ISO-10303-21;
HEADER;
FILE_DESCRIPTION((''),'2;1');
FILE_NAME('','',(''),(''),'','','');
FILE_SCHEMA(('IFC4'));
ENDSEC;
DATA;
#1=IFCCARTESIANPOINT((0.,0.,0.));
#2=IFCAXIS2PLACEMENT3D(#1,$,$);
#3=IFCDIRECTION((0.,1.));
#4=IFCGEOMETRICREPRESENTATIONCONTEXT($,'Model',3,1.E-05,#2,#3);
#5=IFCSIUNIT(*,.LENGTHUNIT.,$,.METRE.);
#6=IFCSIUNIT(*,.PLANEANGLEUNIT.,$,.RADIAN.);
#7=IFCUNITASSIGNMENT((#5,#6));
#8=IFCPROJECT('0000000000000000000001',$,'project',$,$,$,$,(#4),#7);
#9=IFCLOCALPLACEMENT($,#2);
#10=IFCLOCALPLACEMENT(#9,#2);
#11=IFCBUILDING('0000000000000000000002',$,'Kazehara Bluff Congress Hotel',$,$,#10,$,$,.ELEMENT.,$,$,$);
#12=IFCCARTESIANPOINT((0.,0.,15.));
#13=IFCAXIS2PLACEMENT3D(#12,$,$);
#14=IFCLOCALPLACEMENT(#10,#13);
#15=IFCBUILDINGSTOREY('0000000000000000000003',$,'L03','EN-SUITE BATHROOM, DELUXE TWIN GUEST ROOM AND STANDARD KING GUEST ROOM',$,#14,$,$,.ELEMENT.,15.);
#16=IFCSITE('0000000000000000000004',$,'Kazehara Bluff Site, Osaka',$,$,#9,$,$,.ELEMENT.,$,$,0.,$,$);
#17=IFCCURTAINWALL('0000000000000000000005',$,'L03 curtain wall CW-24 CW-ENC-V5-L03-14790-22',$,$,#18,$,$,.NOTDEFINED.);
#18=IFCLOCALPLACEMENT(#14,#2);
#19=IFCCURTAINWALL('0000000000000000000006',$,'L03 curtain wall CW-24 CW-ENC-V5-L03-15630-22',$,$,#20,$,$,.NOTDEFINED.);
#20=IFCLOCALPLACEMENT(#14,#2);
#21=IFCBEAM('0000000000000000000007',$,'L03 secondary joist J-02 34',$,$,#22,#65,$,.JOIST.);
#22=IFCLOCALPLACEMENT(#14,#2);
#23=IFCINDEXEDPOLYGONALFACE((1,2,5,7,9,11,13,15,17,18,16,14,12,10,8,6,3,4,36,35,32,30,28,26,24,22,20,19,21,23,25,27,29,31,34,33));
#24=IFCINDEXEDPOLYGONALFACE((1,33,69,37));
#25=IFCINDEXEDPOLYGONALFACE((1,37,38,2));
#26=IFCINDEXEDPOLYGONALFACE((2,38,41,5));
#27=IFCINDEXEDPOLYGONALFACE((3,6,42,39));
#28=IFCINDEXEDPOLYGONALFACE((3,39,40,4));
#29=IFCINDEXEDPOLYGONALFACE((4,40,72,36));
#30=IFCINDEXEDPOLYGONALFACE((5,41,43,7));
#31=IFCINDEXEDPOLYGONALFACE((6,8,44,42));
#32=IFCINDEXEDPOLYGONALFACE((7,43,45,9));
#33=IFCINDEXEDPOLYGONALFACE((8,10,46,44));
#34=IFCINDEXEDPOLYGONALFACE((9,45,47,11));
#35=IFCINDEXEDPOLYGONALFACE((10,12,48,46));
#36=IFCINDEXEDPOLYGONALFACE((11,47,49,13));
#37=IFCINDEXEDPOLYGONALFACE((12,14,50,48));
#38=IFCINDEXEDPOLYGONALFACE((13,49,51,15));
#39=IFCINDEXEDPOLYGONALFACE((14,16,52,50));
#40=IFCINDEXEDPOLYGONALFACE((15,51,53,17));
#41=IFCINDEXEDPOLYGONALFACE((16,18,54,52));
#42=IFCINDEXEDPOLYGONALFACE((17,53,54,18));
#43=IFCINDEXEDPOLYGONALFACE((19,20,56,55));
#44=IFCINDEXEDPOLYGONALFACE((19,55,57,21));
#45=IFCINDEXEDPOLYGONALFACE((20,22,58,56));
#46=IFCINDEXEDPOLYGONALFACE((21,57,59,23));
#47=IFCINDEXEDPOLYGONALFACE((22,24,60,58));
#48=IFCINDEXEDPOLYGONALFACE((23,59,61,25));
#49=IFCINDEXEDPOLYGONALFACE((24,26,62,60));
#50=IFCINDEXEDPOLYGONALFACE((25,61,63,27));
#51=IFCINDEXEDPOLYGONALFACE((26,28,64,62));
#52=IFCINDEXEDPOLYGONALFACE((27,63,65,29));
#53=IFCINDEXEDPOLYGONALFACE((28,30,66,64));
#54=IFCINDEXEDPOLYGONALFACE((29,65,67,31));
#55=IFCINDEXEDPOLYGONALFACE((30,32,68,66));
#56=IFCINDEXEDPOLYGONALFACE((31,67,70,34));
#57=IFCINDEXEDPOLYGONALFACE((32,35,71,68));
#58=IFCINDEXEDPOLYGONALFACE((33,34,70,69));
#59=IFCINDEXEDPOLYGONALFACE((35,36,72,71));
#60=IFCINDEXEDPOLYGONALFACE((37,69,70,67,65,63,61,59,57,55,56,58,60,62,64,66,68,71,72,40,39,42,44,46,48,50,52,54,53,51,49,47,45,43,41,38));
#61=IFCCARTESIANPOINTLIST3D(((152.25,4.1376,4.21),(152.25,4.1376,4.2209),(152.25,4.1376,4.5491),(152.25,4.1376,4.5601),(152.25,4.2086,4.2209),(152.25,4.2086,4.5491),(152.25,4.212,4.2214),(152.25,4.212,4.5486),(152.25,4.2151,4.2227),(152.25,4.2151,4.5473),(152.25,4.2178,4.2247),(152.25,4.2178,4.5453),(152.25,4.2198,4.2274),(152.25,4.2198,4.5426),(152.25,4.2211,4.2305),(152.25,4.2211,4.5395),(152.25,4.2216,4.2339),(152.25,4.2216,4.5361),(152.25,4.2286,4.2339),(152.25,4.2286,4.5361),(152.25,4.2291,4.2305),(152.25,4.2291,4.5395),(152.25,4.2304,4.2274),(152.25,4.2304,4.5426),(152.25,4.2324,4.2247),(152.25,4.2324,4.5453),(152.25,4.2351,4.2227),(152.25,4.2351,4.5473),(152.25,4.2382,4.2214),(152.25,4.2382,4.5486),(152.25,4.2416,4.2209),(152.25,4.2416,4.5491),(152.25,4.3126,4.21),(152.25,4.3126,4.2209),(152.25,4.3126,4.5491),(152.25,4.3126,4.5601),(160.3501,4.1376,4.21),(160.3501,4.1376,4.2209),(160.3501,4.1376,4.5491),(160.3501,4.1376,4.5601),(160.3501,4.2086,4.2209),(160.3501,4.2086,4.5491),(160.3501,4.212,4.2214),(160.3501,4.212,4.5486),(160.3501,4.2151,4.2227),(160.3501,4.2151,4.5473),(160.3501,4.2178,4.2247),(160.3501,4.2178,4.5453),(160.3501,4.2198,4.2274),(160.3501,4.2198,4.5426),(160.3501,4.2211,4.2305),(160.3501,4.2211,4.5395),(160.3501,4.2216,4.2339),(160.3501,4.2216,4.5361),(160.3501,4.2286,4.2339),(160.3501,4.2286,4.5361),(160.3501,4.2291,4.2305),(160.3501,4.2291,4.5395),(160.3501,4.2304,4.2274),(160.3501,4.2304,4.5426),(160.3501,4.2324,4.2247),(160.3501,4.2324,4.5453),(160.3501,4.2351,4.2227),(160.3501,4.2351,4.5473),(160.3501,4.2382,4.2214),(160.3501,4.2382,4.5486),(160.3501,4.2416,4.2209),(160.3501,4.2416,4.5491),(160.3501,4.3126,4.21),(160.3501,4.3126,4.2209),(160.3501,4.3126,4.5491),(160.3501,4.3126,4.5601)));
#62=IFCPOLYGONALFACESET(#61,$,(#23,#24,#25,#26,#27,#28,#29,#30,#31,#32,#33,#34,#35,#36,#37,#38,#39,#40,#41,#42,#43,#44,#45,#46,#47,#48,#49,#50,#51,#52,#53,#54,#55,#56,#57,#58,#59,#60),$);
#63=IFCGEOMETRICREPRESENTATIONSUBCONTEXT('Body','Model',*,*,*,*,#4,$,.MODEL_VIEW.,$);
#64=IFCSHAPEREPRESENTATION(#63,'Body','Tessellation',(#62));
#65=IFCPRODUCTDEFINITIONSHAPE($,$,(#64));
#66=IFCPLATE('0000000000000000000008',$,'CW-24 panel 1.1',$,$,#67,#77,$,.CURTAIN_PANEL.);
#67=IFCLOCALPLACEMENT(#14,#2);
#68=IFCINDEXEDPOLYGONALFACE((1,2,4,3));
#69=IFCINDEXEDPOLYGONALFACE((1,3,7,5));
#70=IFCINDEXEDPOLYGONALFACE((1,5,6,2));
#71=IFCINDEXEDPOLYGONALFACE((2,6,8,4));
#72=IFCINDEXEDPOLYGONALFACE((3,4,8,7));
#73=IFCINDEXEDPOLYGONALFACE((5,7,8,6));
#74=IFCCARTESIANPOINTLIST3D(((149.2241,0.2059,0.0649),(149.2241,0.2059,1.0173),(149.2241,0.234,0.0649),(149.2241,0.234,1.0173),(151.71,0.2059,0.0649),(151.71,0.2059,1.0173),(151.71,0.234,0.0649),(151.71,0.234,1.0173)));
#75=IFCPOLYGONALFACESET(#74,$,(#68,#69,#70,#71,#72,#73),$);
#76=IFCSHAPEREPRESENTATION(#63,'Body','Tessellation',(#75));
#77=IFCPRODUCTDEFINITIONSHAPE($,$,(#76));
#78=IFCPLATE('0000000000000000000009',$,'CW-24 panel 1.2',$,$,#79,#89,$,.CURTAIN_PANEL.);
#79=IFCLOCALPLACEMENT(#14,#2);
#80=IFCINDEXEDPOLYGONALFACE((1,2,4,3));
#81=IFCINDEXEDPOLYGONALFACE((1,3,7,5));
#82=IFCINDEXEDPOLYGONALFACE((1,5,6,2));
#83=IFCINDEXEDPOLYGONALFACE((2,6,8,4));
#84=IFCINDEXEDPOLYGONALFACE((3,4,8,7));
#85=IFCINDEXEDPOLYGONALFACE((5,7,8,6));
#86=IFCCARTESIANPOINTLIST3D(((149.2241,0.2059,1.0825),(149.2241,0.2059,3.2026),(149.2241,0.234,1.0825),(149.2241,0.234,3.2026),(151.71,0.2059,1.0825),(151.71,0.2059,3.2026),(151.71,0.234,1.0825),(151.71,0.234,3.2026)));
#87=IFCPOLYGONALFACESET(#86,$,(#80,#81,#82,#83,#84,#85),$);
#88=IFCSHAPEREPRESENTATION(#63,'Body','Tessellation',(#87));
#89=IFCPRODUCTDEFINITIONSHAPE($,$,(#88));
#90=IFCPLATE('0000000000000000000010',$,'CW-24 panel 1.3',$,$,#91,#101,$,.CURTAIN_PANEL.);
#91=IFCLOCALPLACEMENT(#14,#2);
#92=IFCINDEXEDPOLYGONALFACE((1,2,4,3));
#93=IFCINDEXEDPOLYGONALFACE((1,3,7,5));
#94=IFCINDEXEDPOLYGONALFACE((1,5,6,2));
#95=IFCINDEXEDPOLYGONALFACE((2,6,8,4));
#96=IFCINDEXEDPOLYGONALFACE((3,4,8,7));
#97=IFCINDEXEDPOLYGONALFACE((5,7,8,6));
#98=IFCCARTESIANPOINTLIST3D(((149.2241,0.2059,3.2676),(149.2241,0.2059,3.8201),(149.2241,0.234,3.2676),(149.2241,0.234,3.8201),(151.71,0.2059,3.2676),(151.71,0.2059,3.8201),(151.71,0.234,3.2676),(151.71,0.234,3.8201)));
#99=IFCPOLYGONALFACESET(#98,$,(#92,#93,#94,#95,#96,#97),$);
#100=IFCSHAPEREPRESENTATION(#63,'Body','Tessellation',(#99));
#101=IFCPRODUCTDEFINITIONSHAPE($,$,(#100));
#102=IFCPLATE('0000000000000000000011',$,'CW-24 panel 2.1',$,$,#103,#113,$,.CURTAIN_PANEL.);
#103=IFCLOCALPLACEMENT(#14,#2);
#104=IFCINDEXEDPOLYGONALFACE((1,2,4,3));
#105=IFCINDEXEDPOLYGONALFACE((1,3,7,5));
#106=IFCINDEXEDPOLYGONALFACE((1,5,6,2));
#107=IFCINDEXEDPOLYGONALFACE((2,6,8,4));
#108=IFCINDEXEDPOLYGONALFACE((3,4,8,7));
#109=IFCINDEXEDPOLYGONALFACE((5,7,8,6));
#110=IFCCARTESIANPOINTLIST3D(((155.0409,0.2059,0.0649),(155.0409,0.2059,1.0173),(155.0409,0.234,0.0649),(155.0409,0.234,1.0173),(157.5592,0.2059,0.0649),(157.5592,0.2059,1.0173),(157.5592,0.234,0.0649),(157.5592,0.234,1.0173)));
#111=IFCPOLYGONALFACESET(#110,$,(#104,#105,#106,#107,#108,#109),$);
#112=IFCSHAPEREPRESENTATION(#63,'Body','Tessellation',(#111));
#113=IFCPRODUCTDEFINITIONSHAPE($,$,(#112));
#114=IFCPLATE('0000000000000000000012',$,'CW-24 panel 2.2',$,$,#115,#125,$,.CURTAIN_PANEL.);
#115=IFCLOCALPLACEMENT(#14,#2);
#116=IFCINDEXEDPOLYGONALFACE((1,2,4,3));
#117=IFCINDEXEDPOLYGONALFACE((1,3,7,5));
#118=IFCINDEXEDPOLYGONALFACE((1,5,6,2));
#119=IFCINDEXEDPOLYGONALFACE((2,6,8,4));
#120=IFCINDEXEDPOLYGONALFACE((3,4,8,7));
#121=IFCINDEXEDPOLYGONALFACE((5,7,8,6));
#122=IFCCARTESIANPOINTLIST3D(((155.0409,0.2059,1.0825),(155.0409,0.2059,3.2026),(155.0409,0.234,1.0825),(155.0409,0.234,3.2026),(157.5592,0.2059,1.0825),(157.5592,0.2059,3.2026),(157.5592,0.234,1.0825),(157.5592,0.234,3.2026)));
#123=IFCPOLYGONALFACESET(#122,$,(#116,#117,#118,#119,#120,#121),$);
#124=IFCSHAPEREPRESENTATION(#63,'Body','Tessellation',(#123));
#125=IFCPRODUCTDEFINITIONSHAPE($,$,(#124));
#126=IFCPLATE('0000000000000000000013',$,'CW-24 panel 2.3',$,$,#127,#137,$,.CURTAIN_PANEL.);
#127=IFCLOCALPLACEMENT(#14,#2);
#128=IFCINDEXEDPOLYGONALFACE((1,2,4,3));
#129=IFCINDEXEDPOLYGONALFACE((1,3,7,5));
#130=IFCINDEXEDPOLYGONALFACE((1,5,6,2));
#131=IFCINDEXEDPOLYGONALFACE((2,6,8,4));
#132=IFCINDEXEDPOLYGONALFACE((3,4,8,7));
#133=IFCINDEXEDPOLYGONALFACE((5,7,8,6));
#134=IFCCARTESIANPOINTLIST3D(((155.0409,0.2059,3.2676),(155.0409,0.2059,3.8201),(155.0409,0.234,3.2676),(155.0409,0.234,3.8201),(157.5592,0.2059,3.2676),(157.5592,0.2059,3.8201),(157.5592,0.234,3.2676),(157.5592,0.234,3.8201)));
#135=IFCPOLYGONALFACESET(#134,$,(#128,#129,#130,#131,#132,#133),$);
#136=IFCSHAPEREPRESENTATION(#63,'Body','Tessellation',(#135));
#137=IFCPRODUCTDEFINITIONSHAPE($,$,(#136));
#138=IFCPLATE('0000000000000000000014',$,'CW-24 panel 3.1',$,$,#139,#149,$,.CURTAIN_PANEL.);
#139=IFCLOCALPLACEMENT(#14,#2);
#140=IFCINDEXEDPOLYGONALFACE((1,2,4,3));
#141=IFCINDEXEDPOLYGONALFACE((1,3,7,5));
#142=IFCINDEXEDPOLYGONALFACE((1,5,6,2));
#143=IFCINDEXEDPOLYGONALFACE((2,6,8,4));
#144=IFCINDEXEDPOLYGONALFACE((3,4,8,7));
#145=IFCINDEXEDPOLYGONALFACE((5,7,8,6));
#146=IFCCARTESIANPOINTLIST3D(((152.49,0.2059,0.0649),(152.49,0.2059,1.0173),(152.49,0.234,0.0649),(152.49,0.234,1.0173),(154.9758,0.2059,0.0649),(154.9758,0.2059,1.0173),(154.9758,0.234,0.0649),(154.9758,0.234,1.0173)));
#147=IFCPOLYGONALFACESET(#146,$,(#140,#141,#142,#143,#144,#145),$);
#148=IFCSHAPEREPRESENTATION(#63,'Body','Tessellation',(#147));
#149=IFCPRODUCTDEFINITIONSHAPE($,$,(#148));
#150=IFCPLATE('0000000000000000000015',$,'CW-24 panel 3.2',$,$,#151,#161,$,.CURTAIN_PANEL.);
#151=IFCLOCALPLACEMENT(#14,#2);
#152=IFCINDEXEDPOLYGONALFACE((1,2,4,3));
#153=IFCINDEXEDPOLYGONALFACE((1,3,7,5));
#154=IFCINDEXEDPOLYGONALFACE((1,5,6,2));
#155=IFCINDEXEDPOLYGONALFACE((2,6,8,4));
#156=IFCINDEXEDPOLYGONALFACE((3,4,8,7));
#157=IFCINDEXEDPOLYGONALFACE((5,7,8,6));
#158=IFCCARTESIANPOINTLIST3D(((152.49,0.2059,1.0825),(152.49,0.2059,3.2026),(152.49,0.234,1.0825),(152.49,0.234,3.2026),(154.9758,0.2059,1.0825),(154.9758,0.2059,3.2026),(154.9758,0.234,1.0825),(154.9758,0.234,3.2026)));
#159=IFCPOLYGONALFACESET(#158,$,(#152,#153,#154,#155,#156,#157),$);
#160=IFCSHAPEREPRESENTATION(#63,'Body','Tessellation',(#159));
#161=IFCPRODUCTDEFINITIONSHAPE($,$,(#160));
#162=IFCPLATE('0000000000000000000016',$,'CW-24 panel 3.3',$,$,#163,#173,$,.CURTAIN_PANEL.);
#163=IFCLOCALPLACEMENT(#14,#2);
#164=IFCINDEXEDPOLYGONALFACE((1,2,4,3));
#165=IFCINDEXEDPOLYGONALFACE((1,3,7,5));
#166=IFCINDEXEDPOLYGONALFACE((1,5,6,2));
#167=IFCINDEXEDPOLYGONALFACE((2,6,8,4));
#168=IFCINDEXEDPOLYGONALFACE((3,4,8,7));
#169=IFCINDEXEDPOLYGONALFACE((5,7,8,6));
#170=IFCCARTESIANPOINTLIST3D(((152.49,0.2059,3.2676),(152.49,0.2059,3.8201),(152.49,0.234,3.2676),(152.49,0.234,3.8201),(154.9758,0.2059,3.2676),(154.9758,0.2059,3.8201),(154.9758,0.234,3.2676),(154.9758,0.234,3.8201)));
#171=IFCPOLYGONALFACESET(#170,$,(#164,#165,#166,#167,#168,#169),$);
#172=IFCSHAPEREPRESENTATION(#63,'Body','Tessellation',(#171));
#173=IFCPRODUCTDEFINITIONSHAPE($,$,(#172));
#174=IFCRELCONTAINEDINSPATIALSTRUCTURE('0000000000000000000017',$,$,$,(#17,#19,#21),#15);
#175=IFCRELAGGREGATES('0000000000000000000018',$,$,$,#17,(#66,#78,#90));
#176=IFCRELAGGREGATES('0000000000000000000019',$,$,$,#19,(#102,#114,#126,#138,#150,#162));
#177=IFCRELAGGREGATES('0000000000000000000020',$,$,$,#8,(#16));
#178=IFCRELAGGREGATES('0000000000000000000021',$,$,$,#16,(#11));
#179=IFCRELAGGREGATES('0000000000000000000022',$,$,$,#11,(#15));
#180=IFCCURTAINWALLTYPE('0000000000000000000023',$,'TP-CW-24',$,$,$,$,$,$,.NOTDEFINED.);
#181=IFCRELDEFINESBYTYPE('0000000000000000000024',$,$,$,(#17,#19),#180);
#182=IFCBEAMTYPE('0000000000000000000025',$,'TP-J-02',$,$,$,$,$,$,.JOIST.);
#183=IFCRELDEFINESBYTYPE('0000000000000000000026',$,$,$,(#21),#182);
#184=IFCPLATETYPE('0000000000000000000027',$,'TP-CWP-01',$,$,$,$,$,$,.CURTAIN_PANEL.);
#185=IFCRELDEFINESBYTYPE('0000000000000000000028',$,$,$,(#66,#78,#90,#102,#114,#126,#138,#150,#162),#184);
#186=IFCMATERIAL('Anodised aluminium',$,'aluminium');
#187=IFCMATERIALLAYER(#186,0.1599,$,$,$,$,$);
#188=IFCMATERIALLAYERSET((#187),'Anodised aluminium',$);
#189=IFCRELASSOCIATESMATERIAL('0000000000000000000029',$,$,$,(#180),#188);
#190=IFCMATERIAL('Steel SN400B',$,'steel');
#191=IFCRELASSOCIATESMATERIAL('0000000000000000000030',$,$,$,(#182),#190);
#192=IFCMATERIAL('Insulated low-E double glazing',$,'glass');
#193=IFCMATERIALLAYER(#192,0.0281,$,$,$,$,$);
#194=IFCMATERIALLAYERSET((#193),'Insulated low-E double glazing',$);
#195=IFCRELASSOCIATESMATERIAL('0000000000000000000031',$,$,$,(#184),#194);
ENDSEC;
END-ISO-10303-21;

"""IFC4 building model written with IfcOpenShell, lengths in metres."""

from ifc_helpers import new_model, si_unit, direction, frame, origin, origin_2d, place, context, subcontext, project, spatial, rectangle, i_section, extrude, material, layer, layer_set, material_profile, profile_set, type_object, element, aggregate, save


model = new_model("IFC4")

# Units and contexts
model_context = context("Model", 3, precision=1e-05, world=origin(), true_north=direction((0.0, 1.0)))
body_context = subcontext(model_context, "Body", "Model", "MODEL_VIEW")
ifc_project = project(units=[si_unit("LENGTHUNIT", "METRE"), si_unit("PLANEANGLEUNIT", "RADIAN")], contexts=[model_context])

# Site, building, storey
site_placement = place(None, origin())
site = spatial("IfcSite", under=ifc_project, at=site_placement, Name="Kazehara Bluff Site, Osaka", CompositionType="ELEMENT", RefElevation=0.0)
building_placement = place(site_placement, origin())
building = spatial("IfcBuilding", under=site, at=building_placement, Name="Kazehara Bluff Congress Hotel", CompositionType="ELEMENT")
storey_placement = place(building_placement, frame((0.0, 0.0, 15.0)))
storey = spatial("IfcBuildingStorey", under=building, at=storey_placement, Name="L03", Description="EN-SUITE BATHROOM, DELUXE TWIN GUEST ROOM AND STANDARD KING GUEST ROOM", CompositionType="ELEMENT", Elevation=15.0)

# Curtain walls
ifc_material_1 = material(Name="Anodised aluminium", Category="aluminium")
ifc_layer_1 = layer(ifc_material_1, 0.1599)
ifc_layer_set_1 = layer_set([ifc_layer_1], Name="Anodised aluminium")
curtain_wall_type = type_object("IfcCurtainWallType", Name="TP-CW-24", PredefinedType="NOTDEFINED", material=ifc_layer_set_1)
curtain_wall_1_placement = place(storey_placement, origin())
curtain_wall_1 = element("IfcCurtainWall", 1, at=curtain_wall_1_placement, inside=storey, type_object=curtain_wall_type, Name="L03 curtain wall CW-24 CW-ENC-V5-L03-14790-22", PredefinedType="NOTDEFINED")
curtain_wall_2_placement = place(storey_placement, origin())
curtain_wall_2 = element("IfcCurtainWall", 2, at=curtain_wall_2_placement, inside=storey, type_object=curtain_wall_type, Name="L03 curtain wall CW-24 CW-ENC-V5-L03-15630-22", PredefinedType="NOTDEFINED")

# Beam
ifc_material_2 = material(Name="Steel SN400B", Category="steel")
ifc_material_profile_1 = material_profile(ifc_material_2, i_section(OverallWidth=0.175, OverallDepth=0.3501, WebThickness=0.0071, FlangeThickness=0.011, FilletRadius=0.0129, at=origin_2d()))
ifc_profile_set_1 = profile_set([ifc_material_profile_1], Name="Steel SN400B")
beam_type_1 = type_object("IfcBeamType", Name="TP-J-02", PredefinedType="JOIST", material=ifc_profile_set_1)
beam_1_placement = place(storey_placement, frame((152.25, 4.2251, 4.385), z_axis=(1.0, 0.0, 0.0), x_axis=(0.0, 1.0, 0.0)))
element("IfcBeam", 3, at=beam_1_placement, inside=storey, type_object=beam_type_1, Name="L03 secondary joist J-02 34", PredefinedType="JOIST", context=body_context, shape_type="SweptSolid", body=[
    extrude(i_section(OverallWidth=0.175, OverallDepth=0.3501, WebThickness=0.0071, FlangeThickness=0.011, FilletRadius=0.0129, at=origin_2d()), origin(), (0.0, 0.0, 1.0), 8.1001),
])

# Plates
ifc_material_3 = material(Name="Insulated low-E double glazing", Category="glass")
ifc_layer_2 = layer(ifc_material_3, 0.0281)
ifc_layer_set_2 = layer_set([ifc_layer_2], Name="Insulated low-E double glazing")
plate_type = type_object("IfcPlateType", Name="TP-CWP-01", PredefinedType="CURTAIN_PANEL", material=ifc_layer_set_2)
plate_1_placement = place(storey_placement, frame((150.467, 0.22, 0.0649), z_axis=(0.0, 0.0, 1.0), x_axis=(-1.0, 0.0, 0.0)))
plate_1 = element("IfcPlate", 4, at=plate_1_placement, type_object=plate_type, Name="CW-24 panel 1.1", PredefinedType="CURTAIN_PANEL", context=body_context, shape_type="SweptSolid", body=[
    extrude(rectangle(XDim=2.4858, YDim=0.0281, at=origin_2d()), origin(), (0.0, 0.0, 1.0), 0.9524),
])
plate_2_placement = place(storey_placement, frame((150.467, 0.22, 1.0825), z_axis=(0.0, 0.0, 1.0), x_axis=(-1.0, 0.0, 0.0)))
plate_2 = element("IfcPlate", 5, at=plate_2_placement, type_object=plate_type, Name="CW-24 panel 1.2", PredefinedType="CURTAIN_PANEL", context=body_context, shape_type="SweptSolid", body=[
    extrude(rectangle(XDim=2.4858, YDim=0.0281, at=origin_2d()), origin(), (0.0, 0.0, 1.0), 2.1201),
])
plate_3_placement = place(storey_placement, frame((150.467, 0.22, 3.2676), z_axis=(0.0, 0.0, 1.0), x_axis=(-1.0, 0.0, 0.0)))
plate_3 = element("IfcPlate", 6, at=plate_3_placement, type_object=plate_type, Name="CW-24 panel 1.3", PredefinedType="CURTAIN_PANEL", context=body_context, shape_type="SweptSolid", body=[
    extrude(rectangle(XDim=2.4858, YDim=0.0281, at=origin_2d()), origin(), (0.0, 0.0, 1.0), 0.5525),
])
aggregate(curtain_wall_1, [plate_1, plate_2, plate_3])
plate_4_placement = place(storey_placement, frame((156.3, 0.22, 0.0649), z_axis=(0.0, 0.0, 1.0), x_axis=(-1.0, 0.0, 0.0)))
plate_4 = element("IfcPlate", 7, at=plate_4_placement, type_object=plate_type, Name="CW-24 panel 2.1", PredefinedType="CURTAIN_PANEL", context=body_context, shape_type="SweptSolid", body=[
    extrude(rectangle(XDim=2.5183, YDim=0.0281, at=origin_2d()), origin(), (0.0, 0.0, 1.0), 0.9524),
])
plate_5_placement = place(storey_placement, frame((156.3, 0.22, 1.0825), z_axis=(0.0, 0.0, 1.0), x_axis=(-1.0, 0.0, 0.0)))
plate_5 = element("IfcPlate", 8, at=plate_5_placement, type_object=plate_type, Name="CW-24 panel 2.2", PredefinedType="CURTAIN_PANEL", context=body_context, shape_type="SweptSolid", body=[
    extrude(rectangle(XDim=2.5183, YDim=0.0281, at=origin_2d()), origin(), (0.0, 0.0, 1.0), 2.1201),
])
plate_6_placement = place(storey_placement, frame((156.3, 0.22, 3.2676), z_axis=(0.0, 0.0, 1.0), x_axis=(-1.0, 0.0, 0.0)))
plate_6 = element("IfcPlate", 9, at=plate_6_placement, type_object=plate_type, Name="CW-24 panel 2.3", PredefinedType="CURTAIN_PANEL", context=body_context, shape_type="SweptSolid", body=[
    extrude(rectangle(XDim=2.5183, YDim=0.0281, at=origin_2d()), origin(), (0.0, 0.0, 1.0), 0.5525),
])
plate_7_placement = place(storey_placement, frame((153.7329, 0.22, 0.0649), z_axis=(0.0, 0.0, 1.0), x_axis=(-1.0, 0.0, 0.0)))
plate_7 = element("IfcPlate", 10, at=plate_7_placement, type_object=plate_type, Name="CW-24 panel 3.1", PredefinedType="CURTAIN_PANEL", context=body_context, shape_type="SweptSolid", body=[
    extrude(rectangle(XDim=2.4858, YDim=0.0281, at=origin_2d()), origin(), (0.0, 0.0, 1.0), 0.9524),
])
plate_8_placement = place(storey_placement, frame((153.7329, 0.22, 1.0825), z_axis=(0.0, 0.0, 1.0), x_axis=(-1.0, 0.0, 0.0)))
plate_8 = element("IfcPlate", 11, at=plate_8_placement, type_object=plate_type, Name="CW-24 panel 3.2", PredefinedType="CURTAIN_PANEL", context=body_context, shape_type="SweptSolid", body=[
    extrude(rectangle(XDim=2.4858, YDim=0.0281, at=origin_2d()), origin(), (0.0, 0.0, 1.0), 2.1201),
])
plate_9_placement = place(storey_placement, frame((153.7329, 0.22, 3.2676), z_axis=(0.0, 0.0, 1.0), x_axis=(-1.0, 0.0, 0.0)))
plate_9 = element("IfcPlate", 12, at=plate_9_placement, type_object=plate_type, Name="CW-24 panel 3.3", PredefinedType="CURTAIN_PANEL", context=body_context, shape_type="SweptSolid", body=[
    extrude(rectangle(XDim=2.4858, YDim=0.0281, at=origin_2d()), origin(), (0.0, 0.0, 1.0), 0.5525),
])
aggregate(curtain_wall_2, [plate_4, plate_5, plate_6, plate_7, plate_8, plate_9])

save(model, "model.ifc")
